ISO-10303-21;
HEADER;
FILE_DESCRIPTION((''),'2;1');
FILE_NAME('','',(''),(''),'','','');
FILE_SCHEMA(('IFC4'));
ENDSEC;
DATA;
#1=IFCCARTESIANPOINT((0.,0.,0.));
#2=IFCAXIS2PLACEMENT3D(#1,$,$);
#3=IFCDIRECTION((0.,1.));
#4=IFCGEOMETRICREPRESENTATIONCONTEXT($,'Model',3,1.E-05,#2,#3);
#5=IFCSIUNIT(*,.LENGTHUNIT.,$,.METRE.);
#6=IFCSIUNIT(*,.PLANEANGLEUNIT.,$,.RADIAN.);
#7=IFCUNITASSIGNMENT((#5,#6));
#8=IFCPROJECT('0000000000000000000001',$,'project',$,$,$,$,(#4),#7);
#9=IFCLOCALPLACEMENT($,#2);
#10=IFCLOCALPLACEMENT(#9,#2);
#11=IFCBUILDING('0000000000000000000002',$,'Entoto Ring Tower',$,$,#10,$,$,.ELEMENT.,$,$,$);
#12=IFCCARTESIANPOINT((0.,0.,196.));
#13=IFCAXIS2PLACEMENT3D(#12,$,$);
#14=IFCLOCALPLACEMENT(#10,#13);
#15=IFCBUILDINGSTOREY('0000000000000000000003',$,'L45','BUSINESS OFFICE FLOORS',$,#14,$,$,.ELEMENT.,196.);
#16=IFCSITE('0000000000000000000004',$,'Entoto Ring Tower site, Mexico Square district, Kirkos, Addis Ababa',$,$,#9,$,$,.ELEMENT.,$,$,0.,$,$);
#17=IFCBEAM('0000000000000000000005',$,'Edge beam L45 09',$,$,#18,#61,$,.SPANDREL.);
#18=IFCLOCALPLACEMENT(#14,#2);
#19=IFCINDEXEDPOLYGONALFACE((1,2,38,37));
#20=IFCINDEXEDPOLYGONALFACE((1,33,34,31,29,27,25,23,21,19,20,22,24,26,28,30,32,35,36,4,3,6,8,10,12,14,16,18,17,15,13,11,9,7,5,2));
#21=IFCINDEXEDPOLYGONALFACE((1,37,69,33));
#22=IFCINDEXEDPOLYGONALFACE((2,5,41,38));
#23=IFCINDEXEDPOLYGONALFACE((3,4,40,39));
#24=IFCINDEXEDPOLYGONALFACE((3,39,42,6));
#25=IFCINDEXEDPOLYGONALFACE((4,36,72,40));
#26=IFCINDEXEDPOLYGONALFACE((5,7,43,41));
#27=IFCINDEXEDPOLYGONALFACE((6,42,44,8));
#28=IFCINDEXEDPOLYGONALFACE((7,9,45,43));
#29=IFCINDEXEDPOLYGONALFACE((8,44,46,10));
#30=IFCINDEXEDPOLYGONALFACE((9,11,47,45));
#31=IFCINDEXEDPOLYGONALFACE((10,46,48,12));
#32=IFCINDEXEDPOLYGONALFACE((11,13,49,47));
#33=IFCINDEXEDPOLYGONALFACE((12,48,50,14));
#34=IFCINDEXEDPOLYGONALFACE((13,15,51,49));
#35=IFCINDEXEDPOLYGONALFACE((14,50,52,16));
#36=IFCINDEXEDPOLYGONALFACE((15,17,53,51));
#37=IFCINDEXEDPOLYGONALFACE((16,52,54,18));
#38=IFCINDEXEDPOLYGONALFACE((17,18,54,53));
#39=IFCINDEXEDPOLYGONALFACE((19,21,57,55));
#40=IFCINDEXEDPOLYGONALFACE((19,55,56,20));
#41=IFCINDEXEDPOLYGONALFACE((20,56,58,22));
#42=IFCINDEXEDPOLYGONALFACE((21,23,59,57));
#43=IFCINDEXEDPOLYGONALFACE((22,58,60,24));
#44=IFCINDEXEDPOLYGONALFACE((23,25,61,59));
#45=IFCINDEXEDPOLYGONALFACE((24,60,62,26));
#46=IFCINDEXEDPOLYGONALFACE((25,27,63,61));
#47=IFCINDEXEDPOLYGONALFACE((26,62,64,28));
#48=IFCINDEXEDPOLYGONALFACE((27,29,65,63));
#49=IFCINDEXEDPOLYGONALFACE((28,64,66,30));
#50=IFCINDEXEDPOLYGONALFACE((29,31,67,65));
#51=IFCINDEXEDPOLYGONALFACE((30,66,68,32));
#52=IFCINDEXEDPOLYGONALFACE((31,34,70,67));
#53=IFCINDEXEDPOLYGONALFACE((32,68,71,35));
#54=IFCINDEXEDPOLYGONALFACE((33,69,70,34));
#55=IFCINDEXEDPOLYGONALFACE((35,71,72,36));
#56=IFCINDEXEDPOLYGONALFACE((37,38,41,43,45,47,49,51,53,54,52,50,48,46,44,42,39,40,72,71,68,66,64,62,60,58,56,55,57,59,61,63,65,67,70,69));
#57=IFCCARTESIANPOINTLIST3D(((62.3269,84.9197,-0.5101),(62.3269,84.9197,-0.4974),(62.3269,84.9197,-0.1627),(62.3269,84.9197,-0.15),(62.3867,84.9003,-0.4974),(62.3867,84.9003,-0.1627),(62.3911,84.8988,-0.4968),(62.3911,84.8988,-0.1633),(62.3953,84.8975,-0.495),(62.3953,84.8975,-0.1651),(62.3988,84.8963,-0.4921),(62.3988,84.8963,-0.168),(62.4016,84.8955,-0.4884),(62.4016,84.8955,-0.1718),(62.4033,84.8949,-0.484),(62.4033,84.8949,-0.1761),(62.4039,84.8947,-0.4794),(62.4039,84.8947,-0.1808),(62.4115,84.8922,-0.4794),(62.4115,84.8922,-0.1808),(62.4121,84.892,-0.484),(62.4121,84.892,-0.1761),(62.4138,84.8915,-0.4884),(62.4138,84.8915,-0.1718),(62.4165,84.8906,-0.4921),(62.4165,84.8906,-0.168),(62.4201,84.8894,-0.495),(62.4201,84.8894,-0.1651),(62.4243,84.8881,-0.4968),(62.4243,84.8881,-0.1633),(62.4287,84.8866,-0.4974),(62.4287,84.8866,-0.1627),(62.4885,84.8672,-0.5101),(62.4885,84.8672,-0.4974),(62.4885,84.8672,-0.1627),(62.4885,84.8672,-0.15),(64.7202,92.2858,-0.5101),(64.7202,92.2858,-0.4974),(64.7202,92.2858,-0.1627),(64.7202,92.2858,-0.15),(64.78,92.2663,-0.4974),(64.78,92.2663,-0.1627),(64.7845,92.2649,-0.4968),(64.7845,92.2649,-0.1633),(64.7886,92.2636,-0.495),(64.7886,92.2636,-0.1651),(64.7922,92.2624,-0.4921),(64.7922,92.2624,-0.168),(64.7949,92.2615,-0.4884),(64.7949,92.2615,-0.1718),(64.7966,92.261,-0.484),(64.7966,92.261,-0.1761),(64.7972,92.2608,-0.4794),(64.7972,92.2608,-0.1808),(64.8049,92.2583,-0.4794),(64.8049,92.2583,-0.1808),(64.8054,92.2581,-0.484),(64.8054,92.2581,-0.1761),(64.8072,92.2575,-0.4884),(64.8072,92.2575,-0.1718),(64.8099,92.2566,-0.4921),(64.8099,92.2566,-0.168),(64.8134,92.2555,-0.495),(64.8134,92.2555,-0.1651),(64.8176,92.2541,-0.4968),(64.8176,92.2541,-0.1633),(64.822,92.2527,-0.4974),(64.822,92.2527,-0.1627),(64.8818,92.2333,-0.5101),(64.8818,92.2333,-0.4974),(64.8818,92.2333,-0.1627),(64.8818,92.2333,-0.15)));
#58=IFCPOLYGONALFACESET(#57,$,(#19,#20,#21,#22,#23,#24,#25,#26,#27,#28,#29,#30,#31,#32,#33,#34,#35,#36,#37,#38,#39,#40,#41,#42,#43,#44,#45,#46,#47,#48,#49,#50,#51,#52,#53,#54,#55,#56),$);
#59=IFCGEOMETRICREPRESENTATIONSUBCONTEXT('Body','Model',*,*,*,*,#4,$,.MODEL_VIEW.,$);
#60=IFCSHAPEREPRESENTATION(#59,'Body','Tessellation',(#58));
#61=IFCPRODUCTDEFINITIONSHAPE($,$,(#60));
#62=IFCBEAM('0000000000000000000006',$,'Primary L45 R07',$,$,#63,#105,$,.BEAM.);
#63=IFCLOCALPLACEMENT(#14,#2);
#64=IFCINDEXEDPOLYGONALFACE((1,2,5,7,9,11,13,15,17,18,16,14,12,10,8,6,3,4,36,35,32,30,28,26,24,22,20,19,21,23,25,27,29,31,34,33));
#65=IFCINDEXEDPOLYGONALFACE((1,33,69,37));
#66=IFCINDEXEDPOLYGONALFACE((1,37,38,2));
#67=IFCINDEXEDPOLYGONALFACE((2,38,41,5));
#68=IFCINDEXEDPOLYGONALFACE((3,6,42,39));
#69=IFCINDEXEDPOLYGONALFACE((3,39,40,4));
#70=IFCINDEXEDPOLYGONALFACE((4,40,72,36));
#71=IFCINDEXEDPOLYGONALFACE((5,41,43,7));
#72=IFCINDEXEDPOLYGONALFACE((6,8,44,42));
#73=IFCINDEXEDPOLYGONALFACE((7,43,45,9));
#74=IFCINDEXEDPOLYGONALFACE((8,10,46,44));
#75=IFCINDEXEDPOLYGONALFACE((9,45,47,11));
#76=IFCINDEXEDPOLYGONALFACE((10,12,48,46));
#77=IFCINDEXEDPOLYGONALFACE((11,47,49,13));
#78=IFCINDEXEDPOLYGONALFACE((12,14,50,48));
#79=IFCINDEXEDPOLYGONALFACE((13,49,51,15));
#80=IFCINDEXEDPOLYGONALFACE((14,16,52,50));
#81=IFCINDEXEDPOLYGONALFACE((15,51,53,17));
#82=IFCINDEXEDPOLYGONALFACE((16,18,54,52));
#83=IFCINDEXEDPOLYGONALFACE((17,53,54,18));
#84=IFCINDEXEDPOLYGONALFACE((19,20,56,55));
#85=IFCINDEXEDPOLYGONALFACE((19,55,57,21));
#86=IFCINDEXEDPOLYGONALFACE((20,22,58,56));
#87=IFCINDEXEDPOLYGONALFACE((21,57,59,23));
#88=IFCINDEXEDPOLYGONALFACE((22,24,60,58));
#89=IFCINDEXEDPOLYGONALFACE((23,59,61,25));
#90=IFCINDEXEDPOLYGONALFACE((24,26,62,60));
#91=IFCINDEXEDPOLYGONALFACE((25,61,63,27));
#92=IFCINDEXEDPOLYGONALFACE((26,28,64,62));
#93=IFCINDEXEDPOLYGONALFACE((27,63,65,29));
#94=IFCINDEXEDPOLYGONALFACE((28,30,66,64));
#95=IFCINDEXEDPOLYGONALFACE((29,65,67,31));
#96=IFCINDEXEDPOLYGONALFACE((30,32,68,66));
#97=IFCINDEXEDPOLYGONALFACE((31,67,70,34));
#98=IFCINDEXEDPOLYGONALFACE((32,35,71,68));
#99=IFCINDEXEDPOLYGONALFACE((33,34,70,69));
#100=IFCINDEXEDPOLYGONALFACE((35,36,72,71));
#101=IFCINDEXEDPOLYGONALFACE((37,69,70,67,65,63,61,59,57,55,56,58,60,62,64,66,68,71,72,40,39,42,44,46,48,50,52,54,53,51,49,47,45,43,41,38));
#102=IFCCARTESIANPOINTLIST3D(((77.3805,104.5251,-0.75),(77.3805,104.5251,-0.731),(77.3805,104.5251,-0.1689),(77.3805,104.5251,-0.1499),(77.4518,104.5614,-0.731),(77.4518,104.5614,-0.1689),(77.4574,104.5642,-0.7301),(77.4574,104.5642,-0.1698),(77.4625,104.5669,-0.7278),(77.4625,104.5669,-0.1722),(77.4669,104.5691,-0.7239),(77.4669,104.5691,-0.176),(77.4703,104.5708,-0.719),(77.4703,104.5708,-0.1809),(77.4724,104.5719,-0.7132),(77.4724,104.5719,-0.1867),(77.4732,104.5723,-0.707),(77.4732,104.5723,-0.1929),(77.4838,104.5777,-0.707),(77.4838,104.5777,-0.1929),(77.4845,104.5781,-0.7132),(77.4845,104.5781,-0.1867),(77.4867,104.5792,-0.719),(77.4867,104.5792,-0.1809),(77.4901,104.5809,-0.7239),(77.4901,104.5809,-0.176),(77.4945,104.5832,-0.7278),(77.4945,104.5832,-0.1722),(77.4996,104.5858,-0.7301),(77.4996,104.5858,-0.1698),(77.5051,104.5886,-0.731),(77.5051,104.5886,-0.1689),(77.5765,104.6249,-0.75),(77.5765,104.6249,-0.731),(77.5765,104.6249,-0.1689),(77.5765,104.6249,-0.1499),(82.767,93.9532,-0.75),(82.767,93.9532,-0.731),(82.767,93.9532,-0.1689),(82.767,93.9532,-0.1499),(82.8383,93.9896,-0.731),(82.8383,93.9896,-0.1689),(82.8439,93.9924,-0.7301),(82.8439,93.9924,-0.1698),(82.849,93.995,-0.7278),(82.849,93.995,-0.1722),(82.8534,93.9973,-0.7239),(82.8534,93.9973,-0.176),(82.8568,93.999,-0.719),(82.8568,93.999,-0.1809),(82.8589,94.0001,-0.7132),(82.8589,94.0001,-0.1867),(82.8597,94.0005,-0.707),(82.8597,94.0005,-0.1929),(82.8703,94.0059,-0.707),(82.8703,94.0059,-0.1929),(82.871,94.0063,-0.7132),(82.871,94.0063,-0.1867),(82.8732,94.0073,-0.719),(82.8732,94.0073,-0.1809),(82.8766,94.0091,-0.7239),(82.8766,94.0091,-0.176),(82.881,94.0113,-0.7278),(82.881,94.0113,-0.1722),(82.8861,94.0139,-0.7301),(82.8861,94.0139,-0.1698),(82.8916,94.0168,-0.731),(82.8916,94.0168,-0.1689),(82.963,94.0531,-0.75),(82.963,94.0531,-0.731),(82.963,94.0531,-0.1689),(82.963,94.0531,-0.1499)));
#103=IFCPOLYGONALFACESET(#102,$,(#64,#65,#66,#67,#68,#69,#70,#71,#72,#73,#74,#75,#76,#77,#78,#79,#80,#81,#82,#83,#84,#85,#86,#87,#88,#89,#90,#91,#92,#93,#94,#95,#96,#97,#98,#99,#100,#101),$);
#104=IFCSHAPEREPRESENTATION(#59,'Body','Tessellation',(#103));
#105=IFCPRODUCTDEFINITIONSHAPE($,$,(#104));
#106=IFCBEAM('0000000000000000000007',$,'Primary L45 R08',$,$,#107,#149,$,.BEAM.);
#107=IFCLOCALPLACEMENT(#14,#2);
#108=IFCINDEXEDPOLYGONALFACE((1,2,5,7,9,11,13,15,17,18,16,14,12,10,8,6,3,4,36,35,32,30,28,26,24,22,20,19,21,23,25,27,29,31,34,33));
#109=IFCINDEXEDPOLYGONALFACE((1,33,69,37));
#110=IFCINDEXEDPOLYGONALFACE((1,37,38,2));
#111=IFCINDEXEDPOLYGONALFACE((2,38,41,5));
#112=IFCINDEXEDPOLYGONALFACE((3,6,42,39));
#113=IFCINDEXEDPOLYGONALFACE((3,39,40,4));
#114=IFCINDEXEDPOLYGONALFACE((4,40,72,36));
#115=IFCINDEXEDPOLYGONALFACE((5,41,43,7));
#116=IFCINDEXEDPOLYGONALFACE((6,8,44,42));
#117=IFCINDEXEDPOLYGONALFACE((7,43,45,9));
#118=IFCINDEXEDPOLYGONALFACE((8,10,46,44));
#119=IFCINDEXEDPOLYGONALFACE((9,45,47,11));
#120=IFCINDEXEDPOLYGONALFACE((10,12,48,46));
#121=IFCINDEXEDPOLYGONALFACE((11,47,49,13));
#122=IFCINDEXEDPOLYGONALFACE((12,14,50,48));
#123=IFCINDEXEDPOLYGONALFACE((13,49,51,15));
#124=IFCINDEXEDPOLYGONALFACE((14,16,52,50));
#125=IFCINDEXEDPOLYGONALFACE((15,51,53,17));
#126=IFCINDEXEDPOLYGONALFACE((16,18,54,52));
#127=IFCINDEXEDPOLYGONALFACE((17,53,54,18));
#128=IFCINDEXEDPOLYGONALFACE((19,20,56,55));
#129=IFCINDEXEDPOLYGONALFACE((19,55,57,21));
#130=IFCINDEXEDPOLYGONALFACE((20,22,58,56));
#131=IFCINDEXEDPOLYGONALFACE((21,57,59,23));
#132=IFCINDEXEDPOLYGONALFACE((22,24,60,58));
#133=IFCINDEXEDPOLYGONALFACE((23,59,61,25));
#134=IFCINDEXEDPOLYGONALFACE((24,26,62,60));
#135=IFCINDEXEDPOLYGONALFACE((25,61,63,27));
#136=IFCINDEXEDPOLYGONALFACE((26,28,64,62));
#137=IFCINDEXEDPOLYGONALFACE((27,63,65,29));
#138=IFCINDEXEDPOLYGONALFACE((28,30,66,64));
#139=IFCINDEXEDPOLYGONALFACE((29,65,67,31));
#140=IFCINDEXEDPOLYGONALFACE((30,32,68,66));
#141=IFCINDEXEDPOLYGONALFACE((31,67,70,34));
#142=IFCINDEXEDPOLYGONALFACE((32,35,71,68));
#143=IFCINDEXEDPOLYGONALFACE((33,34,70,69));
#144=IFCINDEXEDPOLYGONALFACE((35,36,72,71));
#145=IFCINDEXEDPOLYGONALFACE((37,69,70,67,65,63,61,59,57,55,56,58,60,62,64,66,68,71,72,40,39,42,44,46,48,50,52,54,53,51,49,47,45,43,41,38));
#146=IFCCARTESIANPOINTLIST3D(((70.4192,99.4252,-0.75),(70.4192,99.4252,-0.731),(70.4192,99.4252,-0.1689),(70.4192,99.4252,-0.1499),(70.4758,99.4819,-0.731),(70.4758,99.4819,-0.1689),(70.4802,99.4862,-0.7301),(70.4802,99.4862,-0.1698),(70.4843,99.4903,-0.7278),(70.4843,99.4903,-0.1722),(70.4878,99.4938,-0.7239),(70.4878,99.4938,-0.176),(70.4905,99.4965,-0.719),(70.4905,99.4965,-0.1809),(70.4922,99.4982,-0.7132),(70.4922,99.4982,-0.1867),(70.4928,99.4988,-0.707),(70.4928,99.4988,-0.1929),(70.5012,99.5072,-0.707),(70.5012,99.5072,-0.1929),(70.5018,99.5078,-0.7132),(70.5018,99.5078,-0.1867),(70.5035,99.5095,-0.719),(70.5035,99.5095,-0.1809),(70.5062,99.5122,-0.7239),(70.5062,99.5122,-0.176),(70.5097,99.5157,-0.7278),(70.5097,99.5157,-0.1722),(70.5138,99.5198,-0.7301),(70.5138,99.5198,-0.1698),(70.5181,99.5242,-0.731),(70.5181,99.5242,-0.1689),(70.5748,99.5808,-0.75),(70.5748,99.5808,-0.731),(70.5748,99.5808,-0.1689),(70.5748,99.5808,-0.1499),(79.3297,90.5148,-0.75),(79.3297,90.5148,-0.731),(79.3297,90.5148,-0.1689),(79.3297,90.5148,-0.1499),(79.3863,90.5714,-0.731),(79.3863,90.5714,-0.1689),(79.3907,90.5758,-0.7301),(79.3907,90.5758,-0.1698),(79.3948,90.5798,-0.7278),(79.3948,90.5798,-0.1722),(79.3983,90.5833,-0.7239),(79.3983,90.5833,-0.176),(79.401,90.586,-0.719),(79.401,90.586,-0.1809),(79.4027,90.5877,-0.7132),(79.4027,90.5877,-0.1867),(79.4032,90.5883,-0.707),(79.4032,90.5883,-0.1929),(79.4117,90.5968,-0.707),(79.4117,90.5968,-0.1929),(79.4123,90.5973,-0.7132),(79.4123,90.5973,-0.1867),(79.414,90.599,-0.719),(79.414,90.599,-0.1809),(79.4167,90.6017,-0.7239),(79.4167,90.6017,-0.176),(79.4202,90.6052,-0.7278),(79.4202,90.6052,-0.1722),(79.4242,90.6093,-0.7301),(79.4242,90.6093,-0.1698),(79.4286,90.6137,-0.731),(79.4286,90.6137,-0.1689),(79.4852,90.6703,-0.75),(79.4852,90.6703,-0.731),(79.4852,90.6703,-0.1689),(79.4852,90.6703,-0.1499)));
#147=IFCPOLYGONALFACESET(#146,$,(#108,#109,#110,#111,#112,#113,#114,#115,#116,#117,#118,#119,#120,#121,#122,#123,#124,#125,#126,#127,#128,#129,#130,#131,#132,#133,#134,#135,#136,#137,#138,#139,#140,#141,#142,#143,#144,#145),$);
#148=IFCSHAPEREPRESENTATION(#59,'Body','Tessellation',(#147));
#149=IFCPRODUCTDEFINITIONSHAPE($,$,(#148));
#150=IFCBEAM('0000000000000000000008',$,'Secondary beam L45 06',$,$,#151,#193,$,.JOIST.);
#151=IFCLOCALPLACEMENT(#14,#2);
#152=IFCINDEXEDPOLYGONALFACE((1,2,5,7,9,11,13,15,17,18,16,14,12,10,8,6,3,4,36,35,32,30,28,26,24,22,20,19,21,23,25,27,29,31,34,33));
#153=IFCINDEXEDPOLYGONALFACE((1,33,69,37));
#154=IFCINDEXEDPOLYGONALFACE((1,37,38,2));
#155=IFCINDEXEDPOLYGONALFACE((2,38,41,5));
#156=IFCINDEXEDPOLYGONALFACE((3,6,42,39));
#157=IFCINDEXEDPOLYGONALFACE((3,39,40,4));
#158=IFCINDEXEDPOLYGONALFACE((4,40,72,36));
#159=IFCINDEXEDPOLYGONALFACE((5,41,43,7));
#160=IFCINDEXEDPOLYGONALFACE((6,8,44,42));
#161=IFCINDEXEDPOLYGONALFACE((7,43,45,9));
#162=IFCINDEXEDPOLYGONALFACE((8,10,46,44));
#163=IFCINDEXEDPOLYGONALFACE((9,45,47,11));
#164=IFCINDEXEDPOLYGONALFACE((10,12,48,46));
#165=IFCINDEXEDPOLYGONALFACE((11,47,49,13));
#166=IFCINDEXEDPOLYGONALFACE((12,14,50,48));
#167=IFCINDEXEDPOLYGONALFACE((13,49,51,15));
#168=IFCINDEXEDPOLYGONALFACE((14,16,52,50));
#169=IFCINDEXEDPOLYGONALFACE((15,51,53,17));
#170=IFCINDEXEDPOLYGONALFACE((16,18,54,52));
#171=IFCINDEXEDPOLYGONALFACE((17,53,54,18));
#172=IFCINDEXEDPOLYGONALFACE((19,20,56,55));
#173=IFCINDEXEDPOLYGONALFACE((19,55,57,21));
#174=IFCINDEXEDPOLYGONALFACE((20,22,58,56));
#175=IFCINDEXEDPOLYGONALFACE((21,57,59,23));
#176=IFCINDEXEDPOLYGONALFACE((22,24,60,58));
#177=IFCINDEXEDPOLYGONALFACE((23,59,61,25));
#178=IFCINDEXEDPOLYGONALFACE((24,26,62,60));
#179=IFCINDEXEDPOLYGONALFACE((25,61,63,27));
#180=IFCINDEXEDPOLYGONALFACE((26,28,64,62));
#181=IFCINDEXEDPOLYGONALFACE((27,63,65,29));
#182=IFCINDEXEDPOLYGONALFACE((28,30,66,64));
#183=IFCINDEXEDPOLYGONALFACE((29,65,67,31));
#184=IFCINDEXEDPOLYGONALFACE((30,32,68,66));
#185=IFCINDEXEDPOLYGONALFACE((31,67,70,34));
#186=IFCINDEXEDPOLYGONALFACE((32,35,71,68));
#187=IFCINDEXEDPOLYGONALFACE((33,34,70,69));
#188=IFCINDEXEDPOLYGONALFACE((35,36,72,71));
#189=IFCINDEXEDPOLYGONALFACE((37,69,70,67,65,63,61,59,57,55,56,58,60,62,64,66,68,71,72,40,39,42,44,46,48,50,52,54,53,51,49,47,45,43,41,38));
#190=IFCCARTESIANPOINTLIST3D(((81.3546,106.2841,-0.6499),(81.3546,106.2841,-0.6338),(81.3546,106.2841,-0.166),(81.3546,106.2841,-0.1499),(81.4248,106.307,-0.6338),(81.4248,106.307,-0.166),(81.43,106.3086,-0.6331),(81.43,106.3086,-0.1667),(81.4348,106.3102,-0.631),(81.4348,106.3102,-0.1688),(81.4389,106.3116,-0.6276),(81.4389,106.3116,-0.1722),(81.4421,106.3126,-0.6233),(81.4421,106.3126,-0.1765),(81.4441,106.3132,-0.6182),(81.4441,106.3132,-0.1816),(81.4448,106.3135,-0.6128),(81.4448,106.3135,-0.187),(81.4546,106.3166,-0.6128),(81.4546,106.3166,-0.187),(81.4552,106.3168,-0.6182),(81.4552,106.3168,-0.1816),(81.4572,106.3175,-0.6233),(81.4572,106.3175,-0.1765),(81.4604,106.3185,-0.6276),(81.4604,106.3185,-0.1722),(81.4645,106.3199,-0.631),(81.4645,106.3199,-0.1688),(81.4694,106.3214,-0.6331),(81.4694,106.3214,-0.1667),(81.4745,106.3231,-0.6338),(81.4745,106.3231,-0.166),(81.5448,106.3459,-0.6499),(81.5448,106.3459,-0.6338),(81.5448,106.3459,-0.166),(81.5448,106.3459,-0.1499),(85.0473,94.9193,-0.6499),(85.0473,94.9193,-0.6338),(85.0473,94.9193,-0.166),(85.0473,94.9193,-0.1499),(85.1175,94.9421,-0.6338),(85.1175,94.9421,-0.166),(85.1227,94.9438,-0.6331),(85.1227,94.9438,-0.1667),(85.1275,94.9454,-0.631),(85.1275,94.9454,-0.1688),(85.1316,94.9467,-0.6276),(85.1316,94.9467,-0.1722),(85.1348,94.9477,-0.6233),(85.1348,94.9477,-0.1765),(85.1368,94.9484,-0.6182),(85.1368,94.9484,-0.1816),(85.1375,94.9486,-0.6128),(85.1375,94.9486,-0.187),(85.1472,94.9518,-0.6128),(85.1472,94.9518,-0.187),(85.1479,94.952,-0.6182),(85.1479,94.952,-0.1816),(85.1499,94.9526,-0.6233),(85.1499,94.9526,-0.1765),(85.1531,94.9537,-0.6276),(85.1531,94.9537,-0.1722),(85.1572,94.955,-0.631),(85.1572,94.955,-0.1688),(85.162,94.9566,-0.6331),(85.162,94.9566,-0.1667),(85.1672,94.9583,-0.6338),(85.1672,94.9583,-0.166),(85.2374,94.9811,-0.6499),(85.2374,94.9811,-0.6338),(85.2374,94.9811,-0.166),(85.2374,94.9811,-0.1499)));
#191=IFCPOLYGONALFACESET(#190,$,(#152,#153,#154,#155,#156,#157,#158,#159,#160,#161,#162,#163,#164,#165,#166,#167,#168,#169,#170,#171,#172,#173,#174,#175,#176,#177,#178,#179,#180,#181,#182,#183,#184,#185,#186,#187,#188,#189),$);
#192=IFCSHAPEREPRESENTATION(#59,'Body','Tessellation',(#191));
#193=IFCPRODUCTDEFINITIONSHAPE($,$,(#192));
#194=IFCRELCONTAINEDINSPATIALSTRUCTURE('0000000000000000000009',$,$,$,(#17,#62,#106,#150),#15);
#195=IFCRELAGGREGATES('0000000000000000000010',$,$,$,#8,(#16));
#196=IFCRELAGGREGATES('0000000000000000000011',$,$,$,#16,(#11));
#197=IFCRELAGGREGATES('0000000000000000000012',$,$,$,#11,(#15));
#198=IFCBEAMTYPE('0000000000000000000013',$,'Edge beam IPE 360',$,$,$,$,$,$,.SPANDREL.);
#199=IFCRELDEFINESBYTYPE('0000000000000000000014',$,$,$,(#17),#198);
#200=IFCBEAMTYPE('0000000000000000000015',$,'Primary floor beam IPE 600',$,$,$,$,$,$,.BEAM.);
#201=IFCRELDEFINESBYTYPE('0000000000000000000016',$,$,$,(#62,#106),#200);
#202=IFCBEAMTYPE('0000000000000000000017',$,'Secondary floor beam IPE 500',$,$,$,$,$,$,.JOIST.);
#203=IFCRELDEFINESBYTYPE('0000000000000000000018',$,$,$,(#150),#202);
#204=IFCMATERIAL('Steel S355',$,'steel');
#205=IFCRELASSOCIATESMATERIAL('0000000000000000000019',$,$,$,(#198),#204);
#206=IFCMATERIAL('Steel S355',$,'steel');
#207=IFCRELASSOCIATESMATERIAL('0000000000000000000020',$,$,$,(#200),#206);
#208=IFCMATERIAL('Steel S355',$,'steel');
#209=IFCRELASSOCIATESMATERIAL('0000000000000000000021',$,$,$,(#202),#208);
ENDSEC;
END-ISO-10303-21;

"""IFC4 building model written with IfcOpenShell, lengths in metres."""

from ifc_helpers import new_model, si_unit, direction, frame, origin, origin_2d, place, context, subcontext, project, spatial, i_section, extrude, material, material_profile, profile_set, type_object, element, save


model = new_model("IFC4")

# Units and contexts
model_context = context("Model", 3, precision=1e-05, world=origin(), true_north=direction((0.0, 1.0)))
body_context = subcontext(model_context, "Body", "Model", "MODEL_VIEW")
ifc_project = project(units=[si_unit("LENGTHUNIT", "METRE"), si_unit("PLANEANGLEUNIT", "RADIAN")], contexts=[model_context])

# Site, building, storey
site_placement = place(None, origin())
site = spatial("IfcSite", under=ifc_project, at=site_placement, Name="Entoto Ring Tower site, Mexico Square district, Kirkos, Addis Ababa", CompositionType="ELEMENT", RefElevation=0.0)
building_placement = place(site_placement, origin())
building = spatial("IfcBuilding", under=site, at=building_placement, Name="Entoto Ring Tower", CompositionType="ELEMENT")
storey_placement = place(building_placement, frame((0.0, 0.0, 196.0)))
storey = spatial("IfcBuildingStorey", under=building, at=storey_placement, Name="L45", Description="BUSINESS OFFICE FLOORS", CompositionType="ELEMENT", Elevation=196.0)

# Beams
ifc_material_1 = material(Name="Steel S355", Category="steel")
ifc_material_profile_1 = material_profile(ifc_material_1, i_section(OverallWidth=0.1699, OverallDepth=0.3601, WebThickness=0.0081, FlangeThickness=0.0127, FilletRadius=0.0181, at=origin_2d()), Name="IPE 360")
ifc_profile_set_1 = profile_set([ifc_material_profile_1], Name="Steel S355")
beam_type_1 = type_object("IfcBeamType", Name="Edge beam IPE 360", PredefinedType="SPANDREL", material=ifc_profile_set_1)
for number, where, z_axis, x_axis, name in (
    (1, (64.801, 92.2595, -0.3301), (-0.309013, -0.951058, 0.0), (0.951058, -0.309013, 0.0), "Edge beam L45 09"),
):
    element("IfcBeam", number, at=place(storey_placement, frame(where, z_axis=z_axis, x_axis=x_axis)), inside=storey, type_object=beam_type_1, Name=name, PredefinedType="SPANDREL", context=body_context, shape_type="SweptSolid", body=[
        extrude(i_section(OverallWidth=0.1699, OverallDepth=0.3601, WebThickness=0.0081, FlangeThickness=0.0127, FilletRadius=0.0181, at=origin_2d()), origin(), (0.0, 0.0, 1.0), 7.7451),
    ])
ifc_material_2 = material(Name="Steel S355", Category="steel")
ifc_material_profile_2 = material_profile(ifc_material_2, i_section(OverallWidth=0.22, OverallDepth=0.6001, WebThickness=0.012, FlangeThickness=0.019, FilletRadius=0.0239, at=origin_2d()), Name="IPE 600")
ifc_profile_set_2 = profile_set([ifc_material_profile_2], Name="Steel S355")
beam_type_2 = type_object("IfcBeamType", Name="Primary floor beam IPE 600", PredefinedType="BEAM", material=ifc_profile_set_2)
beam_1_placement = place(storey_placement, frame((82.865, 94.0032, -0.45), z_axis=(-0.453983, 0.89101, 0.0), x_axis=(-0.89101, -0.453983, 0.0)))
element("IfcBeam", 2, at=beam_1_placement, inside=storey, type_object=beam_type_2, Name="Primary L45 R07", PredefinedType="BEAM", context=body_context, shape_type="SweptSolid", body=[
    extrude(i_section(OverallWidth=0.22, OverallDepth=0.6001, WebThickness=0.012, FlangeThickness=0.019, FilletRadius=0.0239, at=origin_2d()), origin(), (0.0, 0.0, 1.0), 11.865),
])
beam_2_placement = place(storey_placement, frame((79.4075, 90.5925, -0.45), z_axis=(-0.707107, 0.707107, 0.0), x_axis=(-0.707107, -0.707107, 0.0)))
element("IfcBeam", 3, at=beam_2_placement, inside=storey, type_object=beam_type_2, Name="Primary L45 R08", PredefinedType="BEAM", context=body_context, shape_type="SweptSolid", body=[
    extrude(i_section(OverallWidth=0.22, OverallDepth=0.6001, WebThickness=0.012, FlangeThickness=0.019, FilletRadius=0.0239, at=origin_2d()), origin(), (0.0, 0.0, 1.0), 12.6013),
])
ifc_material_3 = material(Name="Steel S355", Category="steel")
ifc_material_profile_3 = material_profile(ifc_material_3, i_section(OverallWidth=0.2, OverallDepth=0.5, WebThickness=0.0103, FlangeThickness=0.0161, FilletRadius=0.021, at=origin_2d()), Name="IPE 500")
ifc_profile_set_3 = profile_set([ifc_material_profile_3], Name="Steel S355")
beam_type_3 = type_object("IfcBeamType", Name="Secondary floor beam IPE 500", PredefinedType="JOIST", material=ifc_profile_set_3)
beam_3_placement = place(storey_placement, frame((85.1423, 94.9502, -0.3999), z_axis=(-0.309017, 0.951057, 0.0), x_axis=(-0.951057, -0.309017, 0.0)))
element("IfcBeam", 4, at=beam_3_placement, inside=storey, type_object=beam_type_3, Name="Secondary beam L45 06", PredefinedType="JOIST", context=body_context, shape_type="SweptSolid", body=[
    extrude(i_section(OverallWidth=0.2, OverallDepth=0.5, WebThickness=0.0103, FlangeThickness=0.0161, FilletRadius=0.021, at=origin_2d()), origin(), (0.0, 0.0, 1.0), 11.9497),
])

save(model, "model.ifc")
